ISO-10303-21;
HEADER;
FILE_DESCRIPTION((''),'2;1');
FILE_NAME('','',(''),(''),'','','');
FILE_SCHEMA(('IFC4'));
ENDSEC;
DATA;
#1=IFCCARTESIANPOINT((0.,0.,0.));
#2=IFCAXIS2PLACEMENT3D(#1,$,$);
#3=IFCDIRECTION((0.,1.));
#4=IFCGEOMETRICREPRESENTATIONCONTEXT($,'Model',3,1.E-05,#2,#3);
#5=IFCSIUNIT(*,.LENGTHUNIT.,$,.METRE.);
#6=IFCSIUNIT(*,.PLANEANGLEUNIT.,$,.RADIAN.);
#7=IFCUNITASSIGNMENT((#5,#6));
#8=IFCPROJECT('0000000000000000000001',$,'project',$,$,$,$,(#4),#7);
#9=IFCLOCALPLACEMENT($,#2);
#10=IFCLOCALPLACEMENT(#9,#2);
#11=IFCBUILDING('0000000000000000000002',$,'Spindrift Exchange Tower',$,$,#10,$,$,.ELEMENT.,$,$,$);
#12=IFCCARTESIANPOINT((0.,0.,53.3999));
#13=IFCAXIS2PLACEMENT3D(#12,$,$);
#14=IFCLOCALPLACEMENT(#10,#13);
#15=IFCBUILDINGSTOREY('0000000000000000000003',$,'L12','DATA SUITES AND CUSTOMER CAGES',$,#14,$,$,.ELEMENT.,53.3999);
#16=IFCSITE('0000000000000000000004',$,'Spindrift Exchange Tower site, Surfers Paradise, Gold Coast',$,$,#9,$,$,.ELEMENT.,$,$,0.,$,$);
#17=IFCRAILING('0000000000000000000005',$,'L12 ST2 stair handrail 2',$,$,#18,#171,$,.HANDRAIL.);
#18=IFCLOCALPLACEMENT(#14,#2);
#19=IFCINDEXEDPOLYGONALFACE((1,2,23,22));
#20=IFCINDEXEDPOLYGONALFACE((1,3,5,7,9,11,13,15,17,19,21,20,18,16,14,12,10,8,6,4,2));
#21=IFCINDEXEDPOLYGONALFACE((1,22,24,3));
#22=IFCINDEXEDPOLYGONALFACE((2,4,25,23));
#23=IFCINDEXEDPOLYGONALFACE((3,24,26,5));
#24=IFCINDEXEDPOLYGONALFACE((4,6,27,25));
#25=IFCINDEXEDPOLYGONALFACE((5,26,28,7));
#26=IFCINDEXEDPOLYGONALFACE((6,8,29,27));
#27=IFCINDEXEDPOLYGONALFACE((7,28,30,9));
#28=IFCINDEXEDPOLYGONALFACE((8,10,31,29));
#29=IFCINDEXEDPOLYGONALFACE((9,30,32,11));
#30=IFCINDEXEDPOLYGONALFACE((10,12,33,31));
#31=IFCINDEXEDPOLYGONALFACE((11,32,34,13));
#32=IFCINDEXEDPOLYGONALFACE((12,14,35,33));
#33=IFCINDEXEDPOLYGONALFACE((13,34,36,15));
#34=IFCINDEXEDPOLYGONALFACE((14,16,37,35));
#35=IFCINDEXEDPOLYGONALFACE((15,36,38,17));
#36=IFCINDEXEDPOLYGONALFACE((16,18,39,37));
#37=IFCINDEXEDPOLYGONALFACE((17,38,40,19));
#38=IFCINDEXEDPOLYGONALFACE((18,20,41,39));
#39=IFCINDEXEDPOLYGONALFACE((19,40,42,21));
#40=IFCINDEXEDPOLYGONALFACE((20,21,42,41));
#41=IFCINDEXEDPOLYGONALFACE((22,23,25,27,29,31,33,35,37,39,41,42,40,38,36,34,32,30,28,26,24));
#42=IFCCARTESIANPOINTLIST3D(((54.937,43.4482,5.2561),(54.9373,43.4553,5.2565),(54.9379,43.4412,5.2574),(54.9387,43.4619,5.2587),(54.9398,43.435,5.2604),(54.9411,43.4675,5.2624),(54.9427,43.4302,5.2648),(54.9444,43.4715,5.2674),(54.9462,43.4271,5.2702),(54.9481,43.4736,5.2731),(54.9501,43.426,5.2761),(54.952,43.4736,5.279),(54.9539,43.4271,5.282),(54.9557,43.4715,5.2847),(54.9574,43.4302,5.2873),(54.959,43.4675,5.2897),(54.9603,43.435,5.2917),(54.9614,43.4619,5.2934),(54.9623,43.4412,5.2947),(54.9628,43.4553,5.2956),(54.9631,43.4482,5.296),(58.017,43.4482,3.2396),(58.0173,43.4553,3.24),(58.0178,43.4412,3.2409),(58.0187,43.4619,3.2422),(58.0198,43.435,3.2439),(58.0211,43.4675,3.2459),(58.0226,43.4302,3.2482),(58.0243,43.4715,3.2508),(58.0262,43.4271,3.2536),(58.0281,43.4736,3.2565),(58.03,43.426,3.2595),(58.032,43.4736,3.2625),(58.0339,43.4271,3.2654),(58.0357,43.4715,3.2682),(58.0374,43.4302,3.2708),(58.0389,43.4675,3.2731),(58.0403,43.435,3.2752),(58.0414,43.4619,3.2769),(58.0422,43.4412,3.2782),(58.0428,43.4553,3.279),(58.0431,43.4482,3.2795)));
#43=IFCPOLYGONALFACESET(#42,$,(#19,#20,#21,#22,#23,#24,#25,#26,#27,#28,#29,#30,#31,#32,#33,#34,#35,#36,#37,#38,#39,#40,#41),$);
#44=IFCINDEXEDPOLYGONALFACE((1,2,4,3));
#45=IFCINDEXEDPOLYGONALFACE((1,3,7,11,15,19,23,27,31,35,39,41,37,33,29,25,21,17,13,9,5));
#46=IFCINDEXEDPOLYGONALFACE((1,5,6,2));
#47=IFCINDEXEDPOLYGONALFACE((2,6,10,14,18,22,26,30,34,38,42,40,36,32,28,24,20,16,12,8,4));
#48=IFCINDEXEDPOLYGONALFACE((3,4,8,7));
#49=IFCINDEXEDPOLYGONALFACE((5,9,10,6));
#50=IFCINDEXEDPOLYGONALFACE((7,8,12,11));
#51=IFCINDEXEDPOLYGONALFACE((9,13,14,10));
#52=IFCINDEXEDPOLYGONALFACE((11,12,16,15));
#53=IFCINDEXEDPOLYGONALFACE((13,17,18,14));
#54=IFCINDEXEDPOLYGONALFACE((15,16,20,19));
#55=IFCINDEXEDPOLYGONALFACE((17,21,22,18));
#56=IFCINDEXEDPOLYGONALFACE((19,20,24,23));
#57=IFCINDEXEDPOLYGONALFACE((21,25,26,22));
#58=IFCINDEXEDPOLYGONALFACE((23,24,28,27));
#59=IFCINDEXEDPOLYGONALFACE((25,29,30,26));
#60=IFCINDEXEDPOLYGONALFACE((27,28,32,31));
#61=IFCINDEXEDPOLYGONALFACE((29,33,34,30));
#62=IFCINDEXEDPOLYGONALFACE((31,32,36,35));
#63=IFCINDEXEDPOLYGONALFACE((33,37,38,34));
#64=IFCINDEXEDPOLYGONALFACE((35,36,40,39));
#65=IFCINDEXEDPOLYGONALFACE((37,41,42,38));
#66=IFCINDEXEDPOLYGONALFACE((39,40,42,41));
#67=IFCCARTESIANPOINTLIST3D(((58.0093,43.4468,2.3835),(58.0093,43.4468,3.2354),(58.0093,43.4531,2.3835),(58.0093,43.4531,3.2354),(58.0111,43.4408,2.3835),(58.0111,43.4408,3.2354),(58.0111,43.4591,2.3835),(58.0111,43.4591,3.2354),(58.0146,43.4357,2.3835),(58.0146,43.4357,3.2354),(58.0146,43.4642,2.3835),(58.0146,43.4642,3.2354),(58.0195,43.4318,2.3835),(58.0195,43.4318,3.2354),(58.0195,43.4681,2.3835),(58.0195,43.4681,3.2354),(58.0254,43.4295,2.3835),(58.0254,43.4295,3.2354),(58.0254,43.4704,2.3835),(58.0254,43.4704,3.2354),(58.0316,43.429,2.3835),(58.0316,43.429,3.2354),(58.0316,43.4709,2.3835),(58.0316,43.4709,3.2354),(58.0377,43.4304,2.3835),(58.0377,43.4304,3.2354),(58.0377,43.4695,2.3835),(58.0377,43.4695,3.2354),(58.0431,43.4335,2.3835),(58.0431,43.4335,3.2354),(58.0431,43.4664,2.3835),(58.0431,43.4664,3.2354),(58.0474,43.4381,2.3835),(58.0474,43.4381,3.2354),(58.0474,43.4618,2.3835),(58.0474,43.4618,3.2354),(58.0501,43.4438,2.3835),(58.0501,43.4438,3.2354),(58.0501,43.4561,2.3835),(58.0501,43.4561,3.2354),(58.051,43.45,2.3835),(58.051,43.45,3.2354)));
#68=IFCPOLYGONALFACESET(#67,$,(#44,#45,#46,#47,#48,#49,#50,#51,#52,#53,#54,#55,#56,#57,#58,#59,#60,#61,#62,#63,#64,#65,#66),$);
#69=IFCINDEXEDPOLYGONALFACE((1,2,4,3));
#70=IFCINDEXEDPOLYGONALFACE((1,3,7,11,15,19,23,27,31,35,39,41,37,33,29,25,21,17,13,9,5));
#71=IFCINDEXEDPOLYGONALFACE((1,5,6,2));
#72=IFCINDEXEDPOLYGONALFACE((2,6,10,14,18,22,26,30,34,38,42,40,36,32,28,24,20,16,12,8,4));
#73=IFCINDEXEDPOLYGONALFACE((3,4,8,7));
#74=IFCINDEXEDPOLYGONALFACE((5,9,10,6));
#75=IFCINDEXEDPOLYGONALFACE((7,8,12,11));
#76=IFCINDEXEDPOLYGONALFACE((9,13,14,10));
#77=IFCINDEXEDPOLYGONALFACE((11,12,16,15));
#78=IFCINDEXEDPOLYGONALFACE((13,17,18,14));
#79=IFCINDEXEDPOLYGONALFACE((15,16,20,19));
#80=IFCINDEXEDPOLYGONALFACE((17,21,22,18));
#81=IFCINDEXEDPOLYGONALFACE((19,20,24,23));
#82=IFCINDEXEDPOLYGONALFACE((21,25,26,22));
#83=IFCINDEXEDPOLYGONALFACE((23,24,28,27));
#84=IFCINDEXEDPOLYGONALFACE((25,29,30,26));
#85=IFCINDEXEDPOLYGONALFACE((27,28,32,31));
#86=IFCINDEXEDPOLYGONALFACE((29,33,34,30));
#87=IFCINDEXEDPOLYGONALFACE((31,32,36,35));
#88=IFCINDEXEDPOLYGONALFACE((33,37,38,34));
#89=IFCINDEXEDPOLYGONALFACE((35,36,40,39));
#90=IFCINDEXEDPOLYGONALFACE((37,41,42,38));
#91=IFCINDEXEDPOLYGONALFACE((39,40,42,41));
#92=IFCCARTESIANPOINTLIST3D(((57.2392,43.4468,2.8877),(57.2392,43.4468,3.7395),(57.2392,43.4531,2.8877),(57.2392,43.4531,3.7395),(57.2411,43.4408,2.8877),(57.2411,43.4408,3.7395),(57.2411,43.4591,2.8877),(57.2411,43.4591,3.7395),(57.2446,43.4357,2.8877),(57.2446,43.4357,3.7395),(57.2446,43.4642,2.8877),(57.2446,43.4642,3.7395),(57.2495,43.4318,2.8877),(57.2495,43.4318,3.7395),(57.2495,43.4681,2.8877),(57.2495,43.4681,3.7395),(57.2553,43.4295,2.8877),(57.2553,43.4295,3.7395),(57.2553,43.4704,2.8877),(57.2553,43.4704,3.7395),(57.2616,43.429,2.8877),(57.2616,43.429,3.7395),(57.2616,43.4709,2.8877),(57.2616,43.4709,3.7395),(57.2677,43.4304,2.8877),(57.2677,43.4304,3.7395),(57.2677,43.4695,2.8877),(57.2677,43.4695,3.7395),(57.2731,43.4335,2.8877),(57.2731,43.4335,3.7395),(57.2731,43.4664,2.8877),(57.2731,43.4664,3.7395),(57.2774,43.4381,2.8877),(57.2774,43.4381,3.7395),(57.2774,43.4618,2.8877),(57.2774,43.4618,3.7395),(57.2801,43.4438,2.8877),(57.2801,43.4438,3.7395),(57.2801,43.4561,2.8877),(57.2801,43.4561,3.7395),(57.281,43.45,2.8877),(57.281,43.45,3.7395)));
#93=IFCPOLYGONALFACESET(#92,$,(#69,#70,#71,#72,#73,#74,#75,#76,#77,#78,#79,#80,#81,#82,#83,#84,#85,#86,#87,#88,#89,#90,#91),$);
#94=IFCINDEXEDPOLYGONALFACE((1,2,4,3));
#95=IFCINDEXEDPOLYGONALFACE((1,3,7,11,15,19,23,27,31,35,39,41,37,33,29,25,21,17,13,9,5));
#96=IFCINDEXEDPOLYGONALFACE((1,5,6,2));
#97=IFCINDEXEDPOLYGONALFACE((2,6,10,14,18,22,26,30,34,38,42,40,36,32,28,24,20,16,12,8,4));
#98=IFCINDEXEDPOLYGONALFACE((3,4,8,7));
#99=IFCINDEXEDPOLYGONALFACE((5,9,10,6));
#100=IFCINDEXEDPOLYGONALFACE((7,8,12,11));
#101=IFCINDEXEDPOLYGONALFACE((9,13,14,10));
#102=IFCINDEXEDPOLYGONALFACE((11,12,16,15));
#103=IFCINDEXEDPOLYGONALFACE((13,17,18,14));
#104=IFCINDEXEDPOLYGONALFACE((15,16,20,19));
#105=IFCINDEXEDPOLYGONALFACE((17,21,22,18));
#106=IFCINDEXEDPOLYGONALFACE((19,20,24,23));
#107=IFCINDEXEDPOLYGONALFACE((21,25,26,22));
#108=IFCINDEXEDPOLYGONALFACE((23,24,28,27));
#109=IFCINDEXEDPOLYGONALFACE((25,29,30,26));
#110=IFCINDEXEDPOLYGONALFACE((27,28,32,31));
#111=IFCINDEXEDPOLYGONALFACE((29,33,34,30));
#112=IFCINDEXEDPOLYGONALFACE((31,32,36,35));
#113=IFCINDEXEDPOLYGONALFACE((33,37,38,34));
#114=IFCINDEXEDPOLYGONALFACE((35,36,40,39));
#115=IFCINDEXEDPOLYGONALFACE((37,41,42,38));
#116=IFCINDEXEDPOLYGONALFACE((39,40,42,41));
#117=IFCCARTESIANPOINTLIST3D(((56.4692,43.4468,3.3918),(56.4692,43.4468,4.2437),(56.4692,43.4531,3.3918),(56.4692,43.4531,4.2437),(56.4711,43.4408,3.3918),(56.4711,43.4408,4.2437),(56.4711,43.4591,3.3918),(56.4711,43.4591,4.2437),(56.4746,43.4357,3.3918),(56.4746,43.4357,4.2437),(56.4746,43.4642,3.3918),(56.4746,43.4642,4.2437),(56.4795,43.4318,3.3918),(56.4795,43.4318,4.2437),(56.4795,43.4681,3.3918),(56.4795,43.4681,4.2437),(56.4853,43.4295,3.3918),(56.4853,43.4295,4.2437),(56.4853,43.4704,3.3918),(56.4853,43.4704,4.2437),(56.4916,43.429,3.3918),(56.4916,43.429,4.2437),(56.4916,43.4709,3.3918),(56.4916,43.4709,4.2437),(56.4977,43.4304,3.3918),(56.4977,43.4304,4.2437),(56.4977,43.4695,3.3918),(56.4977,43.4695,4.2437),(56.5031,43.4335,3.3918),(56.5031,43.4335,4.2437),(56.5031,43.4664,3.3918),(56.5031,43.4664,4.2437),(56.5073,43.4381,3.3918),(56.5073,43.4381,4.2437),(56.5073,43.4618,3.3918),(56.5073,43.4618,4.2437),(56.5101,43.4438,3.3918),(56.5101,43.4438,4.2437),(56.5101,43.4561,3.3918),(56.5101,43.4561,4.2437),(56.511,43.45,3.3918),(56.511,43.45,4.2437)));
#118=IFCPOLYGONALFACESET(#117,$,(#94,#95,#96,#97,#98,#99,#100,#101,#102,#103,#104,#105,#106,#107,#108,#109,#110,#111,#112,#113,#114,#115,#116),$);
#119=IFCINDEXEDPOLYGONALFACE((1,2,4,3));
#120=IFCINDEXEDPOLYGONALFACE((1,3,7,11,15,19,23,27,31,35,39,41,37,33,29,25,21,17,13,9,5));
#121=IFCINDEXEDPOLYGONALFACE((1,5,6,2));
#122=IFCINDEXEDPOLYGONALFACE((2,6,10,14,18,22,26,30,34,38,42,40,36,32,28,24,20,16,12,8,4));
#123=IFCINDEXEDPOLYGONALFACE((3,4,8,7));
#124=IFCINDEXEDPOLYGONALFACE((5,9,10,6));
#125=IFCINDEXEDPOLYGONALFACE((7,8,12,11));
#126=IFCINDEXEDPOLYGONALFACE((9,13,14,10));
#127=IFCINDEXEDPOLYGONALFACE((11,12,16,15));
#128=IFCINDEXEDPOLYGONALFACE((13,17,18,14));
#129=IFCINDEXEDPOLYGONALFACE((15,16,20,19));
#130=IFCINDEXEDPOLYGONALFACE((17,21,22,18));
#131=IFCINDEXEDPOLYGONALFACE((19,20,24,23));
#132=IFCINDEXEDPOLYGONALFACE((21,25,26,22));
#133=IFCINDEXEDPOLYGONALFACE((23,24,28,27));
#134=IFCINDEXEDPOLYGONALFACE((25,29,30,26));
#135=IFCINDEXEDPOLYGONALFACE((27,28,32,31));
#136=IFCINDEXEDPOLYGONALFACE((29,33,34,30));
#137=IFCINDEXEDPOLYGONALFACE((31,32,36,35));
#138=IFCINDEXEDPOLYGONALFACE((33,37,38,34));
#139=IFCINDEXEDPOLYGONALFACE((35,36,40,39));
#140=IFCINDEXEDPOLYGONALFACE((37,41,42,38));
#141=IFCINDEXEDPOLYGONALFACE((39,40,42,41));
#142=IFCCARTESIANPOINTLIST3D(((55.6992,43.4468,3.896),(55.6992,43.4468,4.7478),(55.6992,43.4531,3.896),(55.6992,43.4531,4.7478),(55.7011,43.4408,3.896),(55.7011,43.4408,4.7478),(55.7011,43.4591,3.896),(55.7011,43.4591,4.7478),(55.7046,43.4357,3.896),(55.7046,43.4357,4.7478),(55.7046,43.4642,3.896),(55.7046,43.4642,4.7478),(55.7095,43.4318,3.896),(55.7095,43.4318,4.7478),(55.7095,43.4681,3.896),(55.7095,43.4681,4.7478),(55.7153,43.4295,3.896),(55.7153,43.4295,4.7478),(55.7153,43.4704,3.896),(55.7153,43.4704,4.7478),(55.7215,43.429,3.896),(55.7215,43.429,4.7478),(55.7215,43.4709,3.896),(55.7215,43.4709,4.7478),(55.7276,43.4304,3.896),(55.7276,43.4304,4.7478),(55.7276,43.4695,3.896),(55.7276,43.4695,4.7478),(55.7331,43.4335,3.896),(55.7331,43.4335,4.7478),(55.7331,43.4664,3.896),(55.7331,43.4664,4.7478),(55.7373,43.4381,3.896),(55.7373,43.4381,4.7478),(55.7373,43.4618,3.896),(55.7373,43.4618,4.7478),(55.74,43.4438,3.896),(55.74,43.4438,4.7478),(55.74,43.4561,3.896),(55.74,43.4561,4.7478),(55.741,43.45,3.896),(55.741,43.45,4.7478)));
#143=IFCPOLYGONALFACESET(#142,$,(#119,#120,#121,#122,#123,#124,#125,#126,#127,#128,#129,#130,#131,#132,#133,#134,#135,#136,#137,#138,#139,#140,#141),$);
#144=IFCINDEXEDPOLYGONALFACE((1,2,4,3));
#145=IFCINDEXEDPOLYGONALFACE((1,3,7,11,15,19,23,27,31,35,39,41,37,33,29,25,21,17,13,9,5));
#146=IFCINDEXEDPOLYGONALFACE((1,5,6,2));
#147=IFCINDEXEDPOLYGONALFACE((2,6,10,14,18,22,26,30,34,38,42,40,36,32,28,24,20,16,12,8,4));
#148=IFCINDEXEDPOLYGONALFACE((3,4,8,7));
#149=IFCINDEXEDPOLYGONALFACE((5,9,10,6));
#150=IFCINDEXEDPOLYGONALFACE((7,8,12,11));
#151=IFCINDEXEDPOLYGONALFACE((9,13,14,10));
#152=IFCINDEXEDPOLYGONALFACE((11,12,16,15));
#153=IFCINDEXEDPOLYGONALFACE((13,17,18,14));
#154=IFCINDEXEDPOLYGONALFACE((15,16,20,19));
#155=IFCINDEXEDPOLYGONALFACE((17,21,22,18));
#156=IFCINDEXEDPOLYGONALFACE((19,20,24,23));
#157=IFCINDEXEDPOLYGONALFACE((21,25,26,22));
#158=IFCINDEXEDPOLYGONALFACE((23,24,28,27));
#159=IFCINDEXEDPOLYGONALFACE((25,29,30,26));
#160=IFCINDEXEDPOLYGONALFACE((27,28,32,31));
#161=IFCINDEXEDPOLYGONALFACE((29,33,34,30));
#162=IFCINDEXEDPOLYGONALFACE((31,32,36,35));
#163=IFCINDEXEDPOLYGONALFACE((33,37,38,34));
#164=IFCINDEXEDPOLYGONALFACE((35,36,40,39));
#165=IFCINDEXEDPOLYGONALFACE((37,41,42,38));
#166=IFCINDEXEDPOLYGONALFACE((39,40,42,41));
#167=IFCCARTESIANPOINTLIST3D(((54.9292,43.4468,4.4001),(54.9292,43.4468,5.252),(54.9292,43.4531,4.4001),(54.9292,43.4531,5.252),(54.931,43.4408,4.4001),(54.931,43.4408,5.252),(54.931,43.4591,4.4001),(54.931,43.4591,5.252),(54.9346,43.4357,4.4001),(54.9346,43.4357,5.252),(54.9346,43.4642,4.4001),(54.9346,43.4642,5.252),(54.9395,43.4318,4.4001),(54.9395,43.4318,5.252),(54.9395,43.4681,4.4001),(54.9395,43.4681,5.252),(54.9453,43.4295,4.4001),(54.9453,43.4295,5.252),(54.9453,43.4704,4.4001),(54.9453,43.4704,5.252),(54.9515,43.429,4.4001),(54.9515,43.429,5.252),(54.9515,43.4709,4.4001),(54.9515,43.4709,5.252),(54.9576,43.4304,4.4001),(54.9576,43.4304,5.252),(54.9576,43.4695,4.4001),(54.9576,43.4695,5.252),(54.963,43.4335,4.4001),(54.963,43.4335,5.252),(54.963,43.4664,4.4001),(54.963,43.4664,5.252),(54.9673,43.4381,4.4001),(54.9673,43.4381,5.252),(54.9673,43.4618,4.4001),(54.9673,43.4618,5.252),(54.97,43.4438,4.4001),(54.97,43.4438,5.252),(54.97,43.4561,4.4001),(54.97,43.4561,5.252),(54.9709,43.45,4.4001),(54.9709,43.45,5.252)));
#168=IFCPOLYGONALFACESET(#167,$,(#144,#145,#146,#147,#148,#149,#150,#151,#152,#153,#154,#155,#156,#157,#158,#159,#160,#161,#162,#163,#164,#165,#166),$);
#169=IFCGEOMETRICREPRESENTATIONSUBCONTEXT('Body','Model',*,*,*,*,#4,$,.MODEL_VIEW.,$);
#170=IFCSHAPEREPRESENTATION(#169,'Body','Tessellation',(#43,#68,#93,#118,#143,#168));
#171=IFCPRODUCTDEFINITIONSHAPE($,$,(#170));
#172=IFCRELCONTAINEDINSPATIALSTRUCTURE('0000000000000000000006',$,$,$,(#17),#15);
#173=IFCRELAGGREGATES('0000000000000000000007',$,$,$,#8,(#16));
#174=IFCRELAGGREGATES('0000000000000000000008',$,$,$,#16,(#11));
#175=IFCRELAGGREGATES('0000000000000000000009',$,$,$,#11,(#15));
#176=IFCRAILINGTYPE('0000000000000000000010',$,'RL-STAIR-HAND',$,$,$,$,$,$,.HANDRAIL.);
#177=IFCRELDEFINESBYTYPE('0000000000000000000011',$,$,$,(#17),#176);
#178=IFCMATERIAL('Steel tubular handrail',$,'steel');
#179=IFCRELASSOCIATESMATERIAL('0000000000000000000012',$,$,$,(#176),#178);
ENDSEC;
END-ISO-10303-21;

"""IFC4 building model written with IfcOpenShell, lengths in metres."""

from ifc_helpers import new_model, si_unit, direction, frame, origin, origin_2d, place, context, subcontext, project, spatial, circle, extrude, material, type_object, element, save


model = new_model("IFC4")

# Units and contexts
model_context = context("Model", 3, precision=1e-05, world=origin(), true_north=direction((0.0, 1.0)))
body_context = subcontext(model_context, "Body", "Model", "MODEL_VIEW")
ifc_project = project(units=[si_unit("LENGTHUNIT", "METRE"), si_unit("PLANEANGLEUNIT", "RADIAN")], contexts=[model_context])

# Site, building, storey
site_placement = place(None, origin())
site = spatial("IfcSite", under=ifc_project, at=site_placement, Name="Spindrift Exchange Tower site, Surfers Paradise, Gold Coast", CompositionType="ELEMENT", RefElevation=0.0)
building_placement = place(site_placement, origin())
building = spatial("IfcBuilding", under=site, at=building_placement, Name="Spindrift Exchange Tower", CompositionType="ELEMENT")
storey_placement = place(building_placement, frame((0.0, 0.0, 53.3999)))
storey = spatial("IfcBuildingStorey", under=building, at=storey_placement, Name="L12", Description="DATA SUITES AND CUSTOMER CAGES", CompositionType="ELEMENT", Elevation=53.3999)

# Railing
ifc_material_1 = material(Name="Steel tubular handrail", Category="steel")
railing_type_1 = type_object("IfcRailingType", Name="RL-STAIR-HAND", PredefinedType="HANDRAIL", material=ifc_material_1)
railing_1_placement = place(storey_placement, frame((58.03, 43.45, 2.3835)))
element("IfcRailing", 1, at=railing_1_placement, inside=storey, type_object=railing_type_1, Name="L12 ST2 stair handrail 2", PredefinedType="HANDRAIL", context=body_context, shape_type="SweptSolid", body=[
    extrude(circle(Radius=0.0239, at=origin_2d()), frame((0.0, 0.0, 0.876), z_axis=(-0.836633, 0.0, 0.547764), x_axis=(0.0, -1.0, 0.0)), (0.0, 0.0, 1.0), 3.6814),
    extrude(circle(Radius=0.021, at=origin_2d()), origin(), (0.0, 0.0, 1.0), 0.8518),
    extrude(circle(Radius=0.021, at=origin_2d()), frame((-0.77, 0.0, 0.5042)), (0.0, 0.0, 1.0), 0.8518),
    extrude(circle(Radius=0.021, at=origin_2d()), frame((-1.54, 0.0, 1.0083)), (0.0, 0.0, 1.0), 0.8518),
    extrude(circle(Radius=0.021, at=origin_2d()), frame((-2.3101, 0.0, 1.5125)), (0.0, 0.0, 1.0), 0.8518),
    extrude(circle(Radius=0.021, at=origin_2d()), frame((-3.0801, 0.0, 2.0166)), (0.0, 0.0, 1.0), 0.8518),
])

save(model, "model.ifc")
